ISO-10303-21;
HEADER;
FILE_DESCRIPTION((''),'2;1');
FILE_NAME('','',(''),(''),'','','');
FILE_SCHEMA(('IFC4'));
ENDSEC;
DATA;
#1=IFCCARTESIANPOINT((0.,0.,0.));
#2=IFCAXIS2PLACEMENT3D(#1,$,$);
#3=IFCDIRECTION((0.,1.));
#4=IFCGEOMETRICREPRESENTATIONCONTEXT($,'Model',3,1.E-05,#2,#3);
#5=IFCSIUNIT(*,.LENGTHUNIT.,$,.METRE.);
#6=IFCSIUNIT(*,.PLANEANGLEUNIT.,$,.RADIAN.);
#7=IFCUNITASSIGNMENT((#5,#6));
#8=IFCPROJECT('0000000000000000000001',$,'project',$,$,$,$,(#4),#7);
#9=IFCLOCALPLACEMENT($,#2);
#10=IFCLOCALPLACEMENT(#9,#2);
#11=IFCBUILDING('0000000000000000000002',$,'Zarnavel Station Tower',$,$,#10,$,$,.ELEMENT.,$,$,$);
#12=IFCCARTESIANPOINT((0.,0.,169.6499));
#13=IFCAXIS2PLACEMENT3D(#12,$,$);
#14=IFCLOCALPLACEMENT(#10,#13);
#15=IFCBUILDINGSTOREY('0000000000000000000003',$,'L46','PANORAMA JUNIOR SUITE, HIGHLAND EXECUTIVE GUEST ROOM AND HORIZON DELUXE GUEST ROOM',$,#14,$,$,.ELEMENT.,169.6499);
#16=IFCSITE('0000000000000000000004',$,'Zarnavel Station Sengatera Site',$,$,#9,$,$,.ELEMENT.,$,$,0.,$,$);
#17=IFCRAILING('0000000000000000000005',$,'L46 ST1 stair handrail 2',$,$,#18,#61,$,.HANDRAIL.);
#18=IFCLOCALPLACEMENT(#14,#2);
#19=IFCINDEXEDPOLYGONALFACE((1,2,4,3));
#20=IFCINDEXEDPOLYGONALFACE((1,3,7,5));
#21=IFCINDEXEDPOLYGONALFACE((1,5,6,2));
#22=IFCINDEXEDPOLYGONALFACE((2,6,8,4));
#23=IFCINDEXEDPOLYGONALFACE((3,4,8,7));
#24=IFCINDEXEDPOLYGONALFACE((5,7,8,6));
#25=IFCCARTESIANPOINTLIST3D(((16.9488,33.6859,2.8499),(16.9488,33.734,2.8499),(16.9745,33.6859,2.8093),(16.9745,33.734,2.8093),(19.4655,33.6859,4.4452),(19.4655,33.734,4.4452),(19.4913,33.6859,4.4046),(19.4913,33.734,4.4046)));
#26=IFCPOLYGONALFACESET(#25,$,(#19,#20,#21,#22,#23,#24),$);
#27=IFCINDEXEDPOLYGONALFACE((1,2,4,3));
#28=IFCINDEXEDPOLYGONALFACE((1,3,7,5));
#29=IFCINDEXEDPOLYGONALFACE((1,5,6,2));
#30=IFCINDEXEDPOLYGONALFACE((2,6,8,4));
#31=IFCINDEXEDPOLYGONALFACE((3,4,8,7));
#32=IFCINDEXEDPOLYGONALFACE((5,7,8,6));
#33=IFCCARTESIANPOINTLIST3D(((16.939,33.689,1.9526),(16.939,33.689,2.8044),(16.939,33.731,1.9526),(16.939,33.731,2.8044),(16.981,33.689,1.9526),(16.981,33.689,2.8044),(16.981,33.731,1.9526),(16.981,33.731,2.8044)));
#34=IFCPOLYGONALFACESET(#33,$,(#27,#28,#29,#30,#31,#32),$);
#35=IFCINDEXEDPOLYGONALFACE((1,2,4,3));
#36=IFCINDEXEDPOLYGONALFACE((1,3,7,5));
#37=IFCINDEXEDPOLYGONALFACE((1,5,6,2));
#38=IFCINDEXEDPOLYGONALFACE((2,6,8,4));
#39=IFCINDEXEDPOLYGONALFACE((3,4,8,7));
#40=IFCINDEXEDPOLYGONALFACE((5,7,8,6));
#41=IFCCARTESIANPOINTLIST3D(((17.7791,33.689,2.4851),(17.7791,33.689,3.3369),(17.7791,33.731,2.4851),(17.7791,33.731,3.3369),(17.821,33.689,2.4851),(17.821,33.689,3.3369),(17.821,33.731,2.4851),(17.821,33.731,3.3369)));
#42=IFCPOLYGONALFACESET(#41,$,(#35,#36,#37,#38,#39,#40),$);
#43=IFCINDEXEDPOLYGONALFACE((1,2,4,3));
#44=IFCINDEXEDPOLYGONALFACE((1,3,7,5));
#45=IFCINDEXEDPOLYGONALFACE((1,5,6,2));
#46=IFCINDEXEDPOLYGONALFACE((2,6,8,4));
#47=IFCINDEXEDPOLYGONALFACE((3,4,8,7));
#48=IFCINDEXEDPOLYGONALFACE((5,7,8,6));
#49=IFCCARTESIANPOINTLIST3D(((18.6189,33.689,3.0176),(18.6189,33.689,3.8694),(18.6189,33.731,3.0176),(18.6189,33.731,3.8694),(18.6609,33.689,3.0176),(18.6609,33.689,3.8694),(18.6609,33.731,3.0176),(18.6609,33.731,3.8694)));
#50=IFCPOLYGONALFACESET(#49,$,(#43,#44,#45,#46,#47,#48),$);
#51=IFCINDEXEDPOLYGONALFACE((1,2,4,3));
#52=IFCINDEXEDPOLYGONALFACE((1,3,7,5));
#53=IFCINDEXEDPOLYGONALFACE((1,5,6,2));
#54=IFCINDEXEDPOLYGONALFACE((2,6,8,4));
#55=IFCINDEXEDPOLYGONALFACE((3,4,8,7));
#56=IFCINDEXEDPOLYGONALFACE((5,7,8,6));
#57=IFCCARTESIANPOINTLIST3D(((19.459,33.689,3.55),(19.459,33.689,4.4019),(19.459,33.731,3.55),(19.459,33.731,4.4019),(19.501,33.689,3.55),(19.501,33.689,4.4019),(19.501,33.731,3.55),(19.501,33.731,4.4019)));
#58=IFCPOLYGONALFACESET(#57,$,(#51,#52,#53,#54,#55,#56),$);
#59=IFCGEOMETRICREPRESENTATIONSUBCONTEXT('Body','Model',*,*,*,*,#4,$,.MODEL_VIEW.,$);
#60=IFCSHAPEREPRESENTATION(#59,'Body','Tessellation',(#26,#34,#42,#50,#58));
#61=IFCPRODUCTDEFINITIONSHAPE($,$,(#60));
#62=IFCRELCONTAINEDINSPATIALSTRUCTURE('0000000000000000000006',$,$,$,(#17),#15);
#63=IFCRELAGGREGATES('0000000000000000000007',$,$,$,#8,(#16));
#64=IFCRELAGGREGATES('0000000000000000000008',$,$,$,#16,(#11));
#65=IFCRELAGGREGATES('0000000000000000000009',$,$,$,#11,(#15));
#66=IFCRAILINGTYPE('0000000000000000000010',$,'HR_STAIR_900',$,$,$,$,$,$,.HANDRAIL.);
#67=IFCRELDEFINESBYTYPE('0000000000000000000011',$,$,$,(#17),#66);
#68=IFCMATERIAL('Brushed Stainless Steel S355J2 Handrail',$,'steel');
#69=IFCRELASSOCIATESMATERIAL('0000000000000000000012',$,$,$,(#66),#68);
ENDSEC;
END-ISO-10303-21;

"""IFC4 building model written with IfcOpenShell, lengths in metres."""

from ifc_helpers import new_model, si_unit, direction, frame, origin, origin_2d, place, context, subcontext, project, spatial, rectangle, extrude, material, type_object, element, save


model = new_model("IFC4")

# Units and contexts
model_context = context("Model", 3, precision=1e-05, world=origin(), true_north=direction((0.0, 1.0)))
body_context = subcontext(model_context, "Body", "Model", "MODEL_VIEW")
ifc_project = project(units=[si_unit("LENGTHUNIT", "METRE"), si_unit("PLANEANGLEUNIT", "RADIAN")], contexts=[model_context])

# Site, building, storey
site_placement = place(None, origin())
site = spatial("IfcSite", under=ifc_project, at=site_placement, Name="Zarnavel Station Sengatera Site", CompositionType="ELEMENT", RefElevation=0.0)
building_placement = place(site_placement, origin())
building = spatial("IfcBuilding", under=site, at=building_placement, Name="Zarnavel Station Tower", CompositionType="ELEMENT")
storey_placement = place(building_placement, frame((0.0, 0.0, 169.6499)))
storey = spatial("IfcBuildingStorey", under=building, at=storey_placement, Name="L46", Description="PANORAMA JUNIOR SUITE, HIGHLAND EXECUTIVE GUEST ROOM AND HORIZON DELUXE GUEST ROOM", CompositionType="ELEMENT", Elevation=169.6499)

# Railing
ifc_material_1 = material(Name="Brushed Stainless Steel S355J2 Handrail", Category="steel")
railing_type_1 = type_object("IfcRailingType", Name="HR_STAIR_900", PredefinedType="HANDRAIL", material=ifc_material_1)
railing_1_placement = place(storey_placement, frame((16.96, 33.71, 1.9526)))
element("IfcRailing", 1, at=railing_1_placement, inside=storey, type_object=railing_type_1, Name="L46 ST1 stair handrail 2", PredefinedType="HANDRAIL", context=body_context, shape_type="SweptSolid", body=[
    extrude(rectangle(XDim=0.0481, YDim=0.0481, at=origin_2d()), frame((0.0017, 0.0, 0.877), z_axis=(0.844607, 0.0, 0.535387), x_axis=(0.0, 1.0, 0.0)), (0.0, 0.0, 1.0), 2.9797),
    extrude(rectangle(XDim=0.042, YDim=0.042, at=origin_2d()), origin(), (0.0, 0.0, 1.0), 0.8518),
    extrude(rectangle(XDim=0.042, YDim=0.042, at=origin_2d()), frame((0.8401, 0.0, 0.5325)), (0.0, 0.0, 1.0), 0.8518),
    extrude(rectangle(XDim=0.042, YDim=0.042, at=origin_2d()), frame((1.6799, 0.0, 1.0649)), (0.0, 0.0, 1.0), 0.8518),
    extrude(rectangle(XDim=0.042, YDim=0.042, at=origin_2d()), frame((2.52, 0.0, 1.5974)), (0.0, 0.0, 1.0), 0.8518),
])

save(model, "model.ifc")
